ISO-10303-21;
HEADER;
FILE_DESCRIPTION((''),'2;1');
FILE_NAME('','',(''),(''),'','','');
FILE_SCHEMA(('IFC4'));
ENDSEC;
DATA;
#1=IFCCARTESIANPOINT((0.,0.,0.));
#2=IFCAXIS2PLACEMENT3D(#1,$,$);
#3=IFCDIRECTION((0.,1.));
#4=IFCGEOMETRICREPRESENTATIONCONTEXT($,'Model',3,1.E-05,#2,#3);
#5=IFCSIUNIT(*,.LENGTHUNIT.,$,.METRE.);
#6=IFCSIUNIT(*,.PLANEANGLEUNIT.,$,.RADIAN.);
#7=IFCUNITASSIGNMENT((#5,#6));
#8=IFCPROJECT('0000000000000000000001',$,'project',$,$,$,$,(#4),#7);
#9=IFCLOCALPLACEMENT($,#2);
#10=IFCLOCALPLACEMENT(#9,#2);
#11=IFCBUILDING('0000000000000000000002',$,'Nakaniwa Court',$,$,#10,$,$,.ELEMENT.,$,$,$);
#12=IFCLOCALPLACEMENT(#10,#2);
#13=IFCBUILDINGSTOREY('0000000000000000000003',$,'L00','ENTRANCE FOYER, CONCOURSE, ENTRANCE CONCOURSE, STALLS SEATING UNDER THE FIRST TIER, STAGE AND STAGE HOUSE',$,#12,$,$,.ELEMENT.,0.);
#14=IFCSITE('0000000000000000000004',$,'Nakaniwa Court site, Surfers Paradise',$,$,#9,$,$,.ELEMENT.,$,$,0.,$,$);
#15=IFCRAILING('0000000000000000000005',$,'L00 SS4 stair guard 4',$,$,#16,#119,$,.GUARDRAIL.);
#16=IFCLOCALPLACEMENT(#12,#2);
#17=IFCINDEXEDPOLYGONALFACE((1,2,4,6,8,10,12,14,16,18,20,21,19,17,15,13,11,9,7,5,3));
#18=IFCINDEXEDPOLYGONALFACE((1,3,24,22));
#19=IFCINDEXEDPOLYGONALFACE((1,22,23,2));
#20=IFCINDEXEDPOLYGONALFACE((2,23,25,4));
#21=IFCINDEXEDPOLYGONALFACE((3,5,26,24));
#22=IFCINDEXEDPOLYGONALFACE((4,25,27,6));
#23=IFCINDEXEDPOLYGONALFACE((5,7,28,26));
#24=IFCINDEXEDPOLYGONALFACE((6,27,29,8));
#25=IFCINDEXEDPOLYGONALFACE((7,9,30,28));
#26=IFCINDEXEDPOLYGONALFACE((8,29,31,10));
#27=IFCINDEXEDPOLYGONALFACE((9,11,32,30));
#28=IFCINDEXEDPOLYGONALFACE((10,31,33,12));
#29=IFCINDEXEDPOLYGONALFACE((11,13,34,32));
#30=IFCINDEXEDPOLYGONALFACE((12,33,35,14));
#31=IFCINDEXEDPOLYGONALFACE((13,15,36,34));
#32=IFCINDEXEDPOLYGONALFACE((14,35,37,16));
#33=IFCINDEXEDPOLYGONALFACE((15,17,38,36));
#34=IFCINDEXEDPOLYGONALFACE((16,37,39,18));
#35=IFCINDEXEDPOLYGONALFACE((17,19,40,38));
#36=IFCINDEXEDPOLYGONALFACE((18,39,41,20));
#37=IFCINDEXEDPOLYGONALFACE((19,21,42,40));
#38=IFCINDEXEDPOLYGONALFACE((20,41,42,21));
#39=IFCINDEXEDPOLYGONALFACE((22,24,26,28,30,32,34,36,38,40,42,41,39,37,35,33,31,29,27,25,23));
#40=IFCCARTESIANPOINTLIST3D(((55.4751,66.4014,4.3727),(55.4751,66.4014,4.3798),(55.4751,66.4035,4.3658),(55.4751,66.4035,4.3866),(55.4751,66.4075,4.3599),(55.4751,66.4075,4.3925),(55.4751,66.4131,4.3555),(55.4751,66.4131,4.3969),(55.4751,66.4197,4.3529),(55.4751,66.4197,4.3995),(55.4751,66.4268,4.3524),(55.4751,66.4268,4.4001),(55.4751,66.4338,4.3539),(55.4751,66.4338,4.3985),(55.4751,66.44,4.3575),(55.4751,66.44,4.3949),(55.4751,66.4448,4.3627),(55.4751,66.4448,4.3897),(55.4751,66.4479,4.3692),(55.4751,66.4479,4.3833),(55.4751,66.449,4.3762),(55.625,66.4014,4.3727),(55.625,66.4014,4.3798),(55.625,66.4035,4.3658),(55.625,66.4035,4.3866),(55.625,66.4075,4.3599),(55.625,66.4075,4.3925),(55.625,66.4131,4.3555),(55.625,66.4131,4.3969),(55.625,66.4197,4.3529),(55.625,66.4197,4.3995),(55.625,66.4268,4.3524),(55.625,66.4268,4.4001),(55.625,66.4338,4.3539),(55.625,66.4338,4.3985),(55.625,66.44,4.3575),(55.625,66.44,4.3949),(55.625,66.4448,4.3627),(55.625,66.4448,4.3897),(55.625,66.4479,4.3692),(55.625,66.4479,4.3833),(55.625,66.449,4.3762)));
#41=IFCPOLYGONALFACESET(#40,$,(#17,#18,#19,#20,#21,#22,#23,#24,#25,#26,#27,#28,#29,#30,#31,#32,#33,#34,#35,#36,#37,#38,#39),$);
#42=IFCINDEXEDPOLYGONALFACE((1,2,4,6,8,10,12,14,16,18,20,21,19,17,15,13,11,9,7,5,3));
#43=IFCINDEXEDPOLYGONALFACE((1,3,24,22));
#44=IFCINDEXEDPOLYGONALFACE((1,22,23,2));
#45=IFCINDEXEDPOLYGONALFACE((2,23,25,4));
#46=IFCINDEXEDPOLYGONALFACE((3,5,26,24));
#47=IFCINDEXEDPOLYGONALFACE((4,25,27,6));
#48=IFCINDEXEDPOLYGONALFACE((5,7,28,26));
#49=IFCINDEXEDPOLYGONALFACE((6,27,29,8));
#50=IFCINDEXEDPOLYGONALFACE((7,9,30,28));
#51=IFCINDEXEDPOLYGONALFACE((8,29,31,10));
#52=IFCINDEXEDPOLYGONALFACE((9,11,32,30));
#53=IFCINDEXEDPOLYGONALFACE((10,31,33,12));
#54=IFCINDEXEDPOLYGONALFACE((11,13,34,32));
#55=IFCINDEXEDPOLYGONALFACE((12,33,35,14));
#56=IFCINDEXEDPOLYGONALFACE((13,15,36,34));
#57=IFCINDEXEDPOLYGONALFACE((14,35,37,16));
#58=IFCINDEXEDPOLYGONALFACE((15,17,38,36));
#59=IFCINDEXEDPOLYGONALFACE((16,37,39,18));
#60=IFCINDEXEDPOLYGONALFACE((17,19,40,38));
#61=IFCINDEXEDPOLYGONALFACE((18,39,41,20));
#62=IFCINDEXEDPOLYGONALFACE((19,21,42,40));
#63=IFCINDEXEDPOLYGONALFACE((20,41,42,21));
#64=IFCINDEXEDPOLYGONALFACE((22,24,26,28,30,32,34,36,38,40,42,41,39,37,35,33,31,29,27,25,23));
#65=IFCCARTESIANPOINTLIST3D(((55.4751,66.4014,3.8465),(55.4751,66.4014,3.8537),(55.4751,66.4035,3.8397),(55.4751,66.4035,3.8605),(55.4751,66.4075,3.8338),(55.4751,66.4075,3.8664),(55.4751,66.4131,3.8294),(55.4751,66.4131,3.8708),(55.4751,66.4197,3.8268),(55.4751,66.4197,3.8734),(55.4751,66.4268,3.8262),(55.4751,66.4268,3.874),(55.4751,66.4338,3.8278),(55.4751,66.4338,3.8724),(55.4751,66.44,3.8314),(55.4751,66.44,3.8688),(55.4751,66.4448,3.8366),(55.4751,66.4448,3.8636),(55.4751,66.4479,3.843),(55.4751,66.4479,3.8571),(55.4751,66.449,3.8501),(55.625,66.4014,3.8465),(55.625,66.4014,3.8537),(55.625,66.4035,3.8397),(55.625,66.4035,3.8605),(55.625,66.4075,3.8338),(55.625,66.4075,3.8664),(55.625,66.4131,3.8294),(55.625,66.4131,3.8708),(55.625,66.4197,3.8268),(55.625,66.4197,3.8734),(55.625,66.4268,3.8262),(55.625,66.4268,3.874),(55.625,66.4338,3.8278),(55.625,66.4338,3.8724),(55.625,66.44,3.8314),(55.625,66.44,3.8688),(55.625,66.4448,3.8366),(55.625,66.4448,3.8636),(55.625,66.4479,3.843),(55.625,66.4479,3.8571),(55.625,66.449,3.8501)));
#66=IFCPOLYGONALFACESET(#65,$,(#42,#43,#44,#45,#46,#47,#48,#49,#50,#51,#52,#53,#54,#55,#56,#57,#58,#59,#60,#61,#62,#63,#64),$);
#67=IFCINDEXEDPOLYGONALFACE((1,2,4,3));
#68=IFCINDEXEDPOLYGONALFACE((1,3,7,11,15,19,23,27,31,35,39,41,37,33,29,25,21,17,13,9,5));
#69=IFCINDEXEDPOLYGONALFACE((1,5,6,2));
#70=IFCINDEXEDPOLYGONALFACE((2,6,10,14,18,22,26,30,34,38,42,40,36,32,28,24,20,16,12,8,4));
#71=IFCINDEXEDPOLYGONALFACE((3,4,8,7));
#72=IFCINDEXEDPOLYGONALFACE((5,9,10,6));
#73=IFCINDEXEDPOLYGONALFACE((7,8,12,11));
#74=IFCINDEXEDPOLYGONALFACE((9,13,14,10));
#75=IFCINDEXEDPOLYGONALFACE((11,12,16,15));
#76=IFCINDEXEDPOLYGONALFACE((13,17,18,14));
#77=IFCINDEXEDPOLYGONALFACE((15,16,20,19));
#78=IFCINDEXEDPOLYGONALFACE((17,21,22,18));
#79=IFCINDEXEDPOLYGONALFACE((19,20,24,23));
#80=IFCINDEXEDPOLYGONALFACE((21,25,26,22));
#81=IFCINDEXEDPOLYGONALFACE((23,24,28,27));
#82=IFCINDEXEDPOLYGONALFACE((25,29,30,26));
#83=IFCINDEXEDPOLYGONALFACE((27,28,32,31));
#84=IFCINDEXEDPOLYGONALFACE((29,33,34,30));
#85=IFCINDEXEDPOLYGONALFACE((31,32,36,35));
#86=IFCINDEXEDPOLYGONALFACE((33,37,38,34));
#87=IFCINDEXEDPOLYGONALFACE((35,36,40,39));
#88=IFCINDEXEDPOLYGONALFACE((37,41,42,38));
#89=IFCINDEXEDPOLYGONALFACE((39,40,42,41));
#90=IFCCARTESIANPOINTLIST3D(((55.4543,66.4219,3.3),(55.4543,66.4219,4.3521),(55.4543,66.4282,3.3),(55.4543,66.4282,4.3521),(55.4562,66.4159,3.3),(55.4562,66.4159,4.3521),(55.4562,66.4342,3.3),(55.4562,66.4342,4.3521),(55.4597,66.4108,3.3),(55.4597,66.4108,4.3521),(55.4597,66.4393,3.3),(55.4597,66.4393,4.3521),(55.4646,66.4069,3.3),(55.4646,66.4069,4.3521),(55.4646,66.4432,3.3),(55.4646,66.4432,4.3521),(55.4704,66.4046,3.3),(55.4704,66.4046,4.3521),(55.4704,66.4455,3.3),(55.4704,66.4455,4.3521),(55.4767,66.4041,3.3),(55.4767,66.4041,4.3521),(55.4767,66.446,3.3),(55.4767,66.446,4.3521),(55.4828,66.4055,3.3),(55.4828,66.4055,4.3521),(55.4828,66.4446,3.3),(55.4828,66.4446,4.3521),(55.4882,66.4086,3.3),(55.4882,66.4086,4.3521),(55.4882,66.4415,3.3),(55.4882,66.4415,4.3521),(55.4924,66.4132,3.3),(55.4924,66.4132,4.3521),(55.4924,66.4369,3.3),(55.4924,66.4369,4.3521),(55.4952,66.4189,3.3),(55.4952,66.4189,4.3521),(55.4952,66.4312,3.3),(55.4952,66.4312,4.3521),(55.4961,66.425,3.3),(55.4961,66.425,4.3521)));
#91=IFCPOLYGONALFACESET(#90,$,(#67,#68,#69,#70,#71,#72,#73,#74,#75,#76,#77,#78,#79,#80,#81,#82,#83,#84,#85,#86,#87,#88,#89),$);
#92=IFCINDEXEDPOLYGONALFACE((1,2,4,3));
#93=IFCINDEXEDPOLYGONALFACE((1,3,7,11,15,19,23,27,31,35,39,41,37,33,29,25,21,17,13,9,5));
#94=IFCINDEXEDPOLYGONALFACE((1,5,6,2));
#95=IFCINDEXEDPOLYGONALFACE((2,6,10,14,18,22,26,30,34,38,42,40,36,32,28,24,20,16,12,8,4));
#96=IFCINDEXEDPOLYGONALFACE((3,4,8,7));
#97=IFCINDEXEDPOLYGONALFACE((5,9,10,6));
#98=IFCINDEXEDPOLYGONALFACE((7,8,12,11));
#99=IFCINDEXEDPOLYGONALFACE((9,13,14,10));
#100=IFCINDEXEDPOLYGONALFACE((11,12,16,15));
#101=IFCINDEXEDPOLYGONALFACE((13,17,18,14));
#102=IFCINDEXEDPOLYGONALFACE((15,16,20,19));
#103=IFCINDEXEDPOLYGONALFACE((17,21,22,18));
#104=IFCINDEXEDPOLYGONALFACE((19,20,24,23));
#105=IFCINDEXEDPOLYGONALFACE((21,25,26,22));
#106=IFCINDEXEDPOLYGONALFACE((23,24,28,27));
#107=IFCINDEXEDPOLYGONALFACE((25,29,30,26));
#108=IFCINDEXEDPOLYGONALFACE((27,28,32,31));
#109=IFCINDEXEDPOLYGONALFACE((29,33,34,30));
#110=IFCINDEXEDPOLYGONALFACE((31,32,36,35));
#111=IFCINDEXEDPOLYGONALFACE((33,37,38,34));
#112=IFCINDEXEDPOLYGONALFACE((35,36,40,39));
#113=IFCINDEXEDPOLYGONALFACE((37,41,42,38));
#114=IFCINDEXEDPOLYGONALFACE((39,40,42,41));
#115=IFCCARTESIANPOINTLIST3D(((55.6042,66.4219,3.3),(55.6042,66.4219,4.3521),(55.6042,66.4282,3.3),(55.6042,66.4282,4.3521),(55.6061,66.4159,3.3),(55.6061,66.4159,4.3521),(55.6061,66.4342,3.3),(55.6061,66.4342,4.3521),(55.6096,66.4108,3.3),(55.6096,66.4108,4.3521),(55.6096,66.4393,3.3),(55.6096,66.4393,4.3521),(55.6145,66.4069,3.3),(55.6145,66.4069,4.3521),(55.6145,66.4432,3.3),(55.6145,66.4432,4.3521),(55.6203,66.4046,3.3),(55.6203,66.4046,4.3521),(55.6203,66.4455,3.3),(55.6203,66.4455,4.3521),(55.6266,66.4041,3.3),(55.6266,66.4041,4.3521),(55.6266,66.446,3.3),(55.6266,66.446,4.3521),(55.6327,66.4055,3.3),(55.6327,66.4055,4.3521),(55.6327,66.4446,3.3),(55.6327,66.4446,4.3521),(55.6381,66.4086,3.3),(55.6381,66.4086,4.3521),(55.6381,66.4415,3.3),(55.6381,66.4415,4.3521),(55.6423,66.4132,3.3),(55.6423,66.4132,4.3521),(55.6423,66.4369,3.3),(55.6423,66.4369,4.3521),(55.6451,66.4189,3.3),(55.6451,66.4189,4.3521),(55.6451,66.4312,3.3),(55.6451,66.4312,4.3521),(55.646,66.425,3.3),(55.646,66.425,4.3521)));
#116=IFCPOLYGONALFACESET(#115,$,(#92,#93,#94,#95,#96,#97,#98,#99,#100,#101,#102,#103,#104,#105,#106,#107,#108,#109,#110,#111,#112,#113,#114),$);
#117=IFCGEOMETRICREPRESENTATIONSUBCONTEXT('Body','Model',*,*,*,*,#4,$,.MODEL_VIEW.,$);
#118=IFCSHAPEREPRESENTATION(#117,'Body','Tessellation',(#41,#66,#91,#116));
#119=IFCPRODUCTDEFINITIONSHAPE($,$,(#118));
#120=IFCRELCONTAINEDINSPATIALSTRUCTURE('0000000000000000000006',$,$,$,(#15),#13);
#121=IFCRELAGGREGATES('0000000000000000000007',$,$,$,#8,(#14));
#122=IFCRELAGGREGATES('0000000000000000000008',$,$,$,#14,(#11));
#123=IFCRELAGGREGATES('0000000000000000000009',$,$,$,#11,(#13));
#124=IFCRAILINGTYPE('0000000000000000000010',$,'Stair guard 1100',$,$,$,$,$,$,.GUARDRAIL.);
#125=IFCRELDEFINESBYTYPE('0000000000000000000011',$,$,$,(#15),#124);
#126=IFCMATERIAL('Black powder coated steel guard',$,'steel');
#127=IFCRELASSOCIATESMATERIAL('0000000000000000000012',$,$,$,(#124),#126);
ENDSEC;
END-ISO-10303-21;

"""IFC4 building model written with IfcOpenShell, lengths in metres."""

from ifc_helpers import new_model, si_unit, direction, frame, origin, origin_2d, place, context, subcontext, project, spatial, circle, extrude, material, type_object, element, save


model = new_model("IFC4")

# Units and contexts
model_context = context("Model", 3, precision=1e-05, world=origin(), true_north=direction((0.0, 1.0)))
body_context = subcontext(model_context, "Body", "Model", "MODEL_VIEW")
ifc_project = project(units=[si_unit("LENGTHUNIT", "METRE"), si_unit("PLANEANGLEUNIT", "RADIAN")], contexts=[model_context])

# Site, building, storey
site_placement = place(None, origin())
site = spatial("IfcSite", under=ifc_project, at=site_placement, Name="Nakaniwa Court site, Surfers Paradise", CompositionType="ELEMENT", RefElevation=0.0)
building_placement = place(site_placement, origin())
building = spatial("IfcBuilding", under=site, at=building_placement, Name="Nakaniwa Court", CompositionType="ELEMENT")
storey_placement = place(building_placement, origin())
storey = spatial("IfcBuildingStorey", under=building, at=storey_placement, Name="L00", Description="ENTRANCE FOYER, CONCOURSE, ENTRANCE CONCOURSE, STALLS SEATING UNDER THE FIRST TIER, STAGE AND STAGE HOUSE", CompositionType="ELEMENT", Elevation=0.0)

# Railing
ifc_material_1 = material(Name="Black powder coated steel guard", Category="steel")
railing_type_1 = type_object("IfcRailingType", Name="Stair guard 1100", PredefinedType="GUARDRAIL", material=ifc_material_1)
railing_1_placement = place(storey_placement, frame((55.4751, 66.425, 3.3)))
element("IfcRailing", 1, at=railing_1_placement, inside=storey, type_object=railing_type_1, Name="L00 SS4 stair guard 4", PredefinedType="GUARDRAIL", context=body_context, shape_type="SweptSolid", body=[
    extrude(circle(Radius=0.0239, at=origin_2d()), frame((0.0, 0.0, 1.0762), z_axis=(1.0, 0.0, 0.0), x_axis=(0.0, 1.0, 0.0)), (0.0, 0.0, 1.0), 0.1499),
    extrude(circle(Radius=0.0239, at=origin_2d()), frame((0.0, 0.0, 0.55), z_axis=(1.0, 0.0, 0.0), x_axis=(0.0, 1.0, 0.0)), (0.0, 0.0, 1.0), 0.1499),
    extrude(circle(Radius=0.021, at=origin_2d()), origin(), (0.0, 0.0, 1.0), 1.052),
    extrude(circle(Radius=0.021, at=origin_2d()), frame((0.1499, 0.0, 0.0)), (0.0, 0.0, 1.0), 1.052),
])

save(model, "model.ifc")
